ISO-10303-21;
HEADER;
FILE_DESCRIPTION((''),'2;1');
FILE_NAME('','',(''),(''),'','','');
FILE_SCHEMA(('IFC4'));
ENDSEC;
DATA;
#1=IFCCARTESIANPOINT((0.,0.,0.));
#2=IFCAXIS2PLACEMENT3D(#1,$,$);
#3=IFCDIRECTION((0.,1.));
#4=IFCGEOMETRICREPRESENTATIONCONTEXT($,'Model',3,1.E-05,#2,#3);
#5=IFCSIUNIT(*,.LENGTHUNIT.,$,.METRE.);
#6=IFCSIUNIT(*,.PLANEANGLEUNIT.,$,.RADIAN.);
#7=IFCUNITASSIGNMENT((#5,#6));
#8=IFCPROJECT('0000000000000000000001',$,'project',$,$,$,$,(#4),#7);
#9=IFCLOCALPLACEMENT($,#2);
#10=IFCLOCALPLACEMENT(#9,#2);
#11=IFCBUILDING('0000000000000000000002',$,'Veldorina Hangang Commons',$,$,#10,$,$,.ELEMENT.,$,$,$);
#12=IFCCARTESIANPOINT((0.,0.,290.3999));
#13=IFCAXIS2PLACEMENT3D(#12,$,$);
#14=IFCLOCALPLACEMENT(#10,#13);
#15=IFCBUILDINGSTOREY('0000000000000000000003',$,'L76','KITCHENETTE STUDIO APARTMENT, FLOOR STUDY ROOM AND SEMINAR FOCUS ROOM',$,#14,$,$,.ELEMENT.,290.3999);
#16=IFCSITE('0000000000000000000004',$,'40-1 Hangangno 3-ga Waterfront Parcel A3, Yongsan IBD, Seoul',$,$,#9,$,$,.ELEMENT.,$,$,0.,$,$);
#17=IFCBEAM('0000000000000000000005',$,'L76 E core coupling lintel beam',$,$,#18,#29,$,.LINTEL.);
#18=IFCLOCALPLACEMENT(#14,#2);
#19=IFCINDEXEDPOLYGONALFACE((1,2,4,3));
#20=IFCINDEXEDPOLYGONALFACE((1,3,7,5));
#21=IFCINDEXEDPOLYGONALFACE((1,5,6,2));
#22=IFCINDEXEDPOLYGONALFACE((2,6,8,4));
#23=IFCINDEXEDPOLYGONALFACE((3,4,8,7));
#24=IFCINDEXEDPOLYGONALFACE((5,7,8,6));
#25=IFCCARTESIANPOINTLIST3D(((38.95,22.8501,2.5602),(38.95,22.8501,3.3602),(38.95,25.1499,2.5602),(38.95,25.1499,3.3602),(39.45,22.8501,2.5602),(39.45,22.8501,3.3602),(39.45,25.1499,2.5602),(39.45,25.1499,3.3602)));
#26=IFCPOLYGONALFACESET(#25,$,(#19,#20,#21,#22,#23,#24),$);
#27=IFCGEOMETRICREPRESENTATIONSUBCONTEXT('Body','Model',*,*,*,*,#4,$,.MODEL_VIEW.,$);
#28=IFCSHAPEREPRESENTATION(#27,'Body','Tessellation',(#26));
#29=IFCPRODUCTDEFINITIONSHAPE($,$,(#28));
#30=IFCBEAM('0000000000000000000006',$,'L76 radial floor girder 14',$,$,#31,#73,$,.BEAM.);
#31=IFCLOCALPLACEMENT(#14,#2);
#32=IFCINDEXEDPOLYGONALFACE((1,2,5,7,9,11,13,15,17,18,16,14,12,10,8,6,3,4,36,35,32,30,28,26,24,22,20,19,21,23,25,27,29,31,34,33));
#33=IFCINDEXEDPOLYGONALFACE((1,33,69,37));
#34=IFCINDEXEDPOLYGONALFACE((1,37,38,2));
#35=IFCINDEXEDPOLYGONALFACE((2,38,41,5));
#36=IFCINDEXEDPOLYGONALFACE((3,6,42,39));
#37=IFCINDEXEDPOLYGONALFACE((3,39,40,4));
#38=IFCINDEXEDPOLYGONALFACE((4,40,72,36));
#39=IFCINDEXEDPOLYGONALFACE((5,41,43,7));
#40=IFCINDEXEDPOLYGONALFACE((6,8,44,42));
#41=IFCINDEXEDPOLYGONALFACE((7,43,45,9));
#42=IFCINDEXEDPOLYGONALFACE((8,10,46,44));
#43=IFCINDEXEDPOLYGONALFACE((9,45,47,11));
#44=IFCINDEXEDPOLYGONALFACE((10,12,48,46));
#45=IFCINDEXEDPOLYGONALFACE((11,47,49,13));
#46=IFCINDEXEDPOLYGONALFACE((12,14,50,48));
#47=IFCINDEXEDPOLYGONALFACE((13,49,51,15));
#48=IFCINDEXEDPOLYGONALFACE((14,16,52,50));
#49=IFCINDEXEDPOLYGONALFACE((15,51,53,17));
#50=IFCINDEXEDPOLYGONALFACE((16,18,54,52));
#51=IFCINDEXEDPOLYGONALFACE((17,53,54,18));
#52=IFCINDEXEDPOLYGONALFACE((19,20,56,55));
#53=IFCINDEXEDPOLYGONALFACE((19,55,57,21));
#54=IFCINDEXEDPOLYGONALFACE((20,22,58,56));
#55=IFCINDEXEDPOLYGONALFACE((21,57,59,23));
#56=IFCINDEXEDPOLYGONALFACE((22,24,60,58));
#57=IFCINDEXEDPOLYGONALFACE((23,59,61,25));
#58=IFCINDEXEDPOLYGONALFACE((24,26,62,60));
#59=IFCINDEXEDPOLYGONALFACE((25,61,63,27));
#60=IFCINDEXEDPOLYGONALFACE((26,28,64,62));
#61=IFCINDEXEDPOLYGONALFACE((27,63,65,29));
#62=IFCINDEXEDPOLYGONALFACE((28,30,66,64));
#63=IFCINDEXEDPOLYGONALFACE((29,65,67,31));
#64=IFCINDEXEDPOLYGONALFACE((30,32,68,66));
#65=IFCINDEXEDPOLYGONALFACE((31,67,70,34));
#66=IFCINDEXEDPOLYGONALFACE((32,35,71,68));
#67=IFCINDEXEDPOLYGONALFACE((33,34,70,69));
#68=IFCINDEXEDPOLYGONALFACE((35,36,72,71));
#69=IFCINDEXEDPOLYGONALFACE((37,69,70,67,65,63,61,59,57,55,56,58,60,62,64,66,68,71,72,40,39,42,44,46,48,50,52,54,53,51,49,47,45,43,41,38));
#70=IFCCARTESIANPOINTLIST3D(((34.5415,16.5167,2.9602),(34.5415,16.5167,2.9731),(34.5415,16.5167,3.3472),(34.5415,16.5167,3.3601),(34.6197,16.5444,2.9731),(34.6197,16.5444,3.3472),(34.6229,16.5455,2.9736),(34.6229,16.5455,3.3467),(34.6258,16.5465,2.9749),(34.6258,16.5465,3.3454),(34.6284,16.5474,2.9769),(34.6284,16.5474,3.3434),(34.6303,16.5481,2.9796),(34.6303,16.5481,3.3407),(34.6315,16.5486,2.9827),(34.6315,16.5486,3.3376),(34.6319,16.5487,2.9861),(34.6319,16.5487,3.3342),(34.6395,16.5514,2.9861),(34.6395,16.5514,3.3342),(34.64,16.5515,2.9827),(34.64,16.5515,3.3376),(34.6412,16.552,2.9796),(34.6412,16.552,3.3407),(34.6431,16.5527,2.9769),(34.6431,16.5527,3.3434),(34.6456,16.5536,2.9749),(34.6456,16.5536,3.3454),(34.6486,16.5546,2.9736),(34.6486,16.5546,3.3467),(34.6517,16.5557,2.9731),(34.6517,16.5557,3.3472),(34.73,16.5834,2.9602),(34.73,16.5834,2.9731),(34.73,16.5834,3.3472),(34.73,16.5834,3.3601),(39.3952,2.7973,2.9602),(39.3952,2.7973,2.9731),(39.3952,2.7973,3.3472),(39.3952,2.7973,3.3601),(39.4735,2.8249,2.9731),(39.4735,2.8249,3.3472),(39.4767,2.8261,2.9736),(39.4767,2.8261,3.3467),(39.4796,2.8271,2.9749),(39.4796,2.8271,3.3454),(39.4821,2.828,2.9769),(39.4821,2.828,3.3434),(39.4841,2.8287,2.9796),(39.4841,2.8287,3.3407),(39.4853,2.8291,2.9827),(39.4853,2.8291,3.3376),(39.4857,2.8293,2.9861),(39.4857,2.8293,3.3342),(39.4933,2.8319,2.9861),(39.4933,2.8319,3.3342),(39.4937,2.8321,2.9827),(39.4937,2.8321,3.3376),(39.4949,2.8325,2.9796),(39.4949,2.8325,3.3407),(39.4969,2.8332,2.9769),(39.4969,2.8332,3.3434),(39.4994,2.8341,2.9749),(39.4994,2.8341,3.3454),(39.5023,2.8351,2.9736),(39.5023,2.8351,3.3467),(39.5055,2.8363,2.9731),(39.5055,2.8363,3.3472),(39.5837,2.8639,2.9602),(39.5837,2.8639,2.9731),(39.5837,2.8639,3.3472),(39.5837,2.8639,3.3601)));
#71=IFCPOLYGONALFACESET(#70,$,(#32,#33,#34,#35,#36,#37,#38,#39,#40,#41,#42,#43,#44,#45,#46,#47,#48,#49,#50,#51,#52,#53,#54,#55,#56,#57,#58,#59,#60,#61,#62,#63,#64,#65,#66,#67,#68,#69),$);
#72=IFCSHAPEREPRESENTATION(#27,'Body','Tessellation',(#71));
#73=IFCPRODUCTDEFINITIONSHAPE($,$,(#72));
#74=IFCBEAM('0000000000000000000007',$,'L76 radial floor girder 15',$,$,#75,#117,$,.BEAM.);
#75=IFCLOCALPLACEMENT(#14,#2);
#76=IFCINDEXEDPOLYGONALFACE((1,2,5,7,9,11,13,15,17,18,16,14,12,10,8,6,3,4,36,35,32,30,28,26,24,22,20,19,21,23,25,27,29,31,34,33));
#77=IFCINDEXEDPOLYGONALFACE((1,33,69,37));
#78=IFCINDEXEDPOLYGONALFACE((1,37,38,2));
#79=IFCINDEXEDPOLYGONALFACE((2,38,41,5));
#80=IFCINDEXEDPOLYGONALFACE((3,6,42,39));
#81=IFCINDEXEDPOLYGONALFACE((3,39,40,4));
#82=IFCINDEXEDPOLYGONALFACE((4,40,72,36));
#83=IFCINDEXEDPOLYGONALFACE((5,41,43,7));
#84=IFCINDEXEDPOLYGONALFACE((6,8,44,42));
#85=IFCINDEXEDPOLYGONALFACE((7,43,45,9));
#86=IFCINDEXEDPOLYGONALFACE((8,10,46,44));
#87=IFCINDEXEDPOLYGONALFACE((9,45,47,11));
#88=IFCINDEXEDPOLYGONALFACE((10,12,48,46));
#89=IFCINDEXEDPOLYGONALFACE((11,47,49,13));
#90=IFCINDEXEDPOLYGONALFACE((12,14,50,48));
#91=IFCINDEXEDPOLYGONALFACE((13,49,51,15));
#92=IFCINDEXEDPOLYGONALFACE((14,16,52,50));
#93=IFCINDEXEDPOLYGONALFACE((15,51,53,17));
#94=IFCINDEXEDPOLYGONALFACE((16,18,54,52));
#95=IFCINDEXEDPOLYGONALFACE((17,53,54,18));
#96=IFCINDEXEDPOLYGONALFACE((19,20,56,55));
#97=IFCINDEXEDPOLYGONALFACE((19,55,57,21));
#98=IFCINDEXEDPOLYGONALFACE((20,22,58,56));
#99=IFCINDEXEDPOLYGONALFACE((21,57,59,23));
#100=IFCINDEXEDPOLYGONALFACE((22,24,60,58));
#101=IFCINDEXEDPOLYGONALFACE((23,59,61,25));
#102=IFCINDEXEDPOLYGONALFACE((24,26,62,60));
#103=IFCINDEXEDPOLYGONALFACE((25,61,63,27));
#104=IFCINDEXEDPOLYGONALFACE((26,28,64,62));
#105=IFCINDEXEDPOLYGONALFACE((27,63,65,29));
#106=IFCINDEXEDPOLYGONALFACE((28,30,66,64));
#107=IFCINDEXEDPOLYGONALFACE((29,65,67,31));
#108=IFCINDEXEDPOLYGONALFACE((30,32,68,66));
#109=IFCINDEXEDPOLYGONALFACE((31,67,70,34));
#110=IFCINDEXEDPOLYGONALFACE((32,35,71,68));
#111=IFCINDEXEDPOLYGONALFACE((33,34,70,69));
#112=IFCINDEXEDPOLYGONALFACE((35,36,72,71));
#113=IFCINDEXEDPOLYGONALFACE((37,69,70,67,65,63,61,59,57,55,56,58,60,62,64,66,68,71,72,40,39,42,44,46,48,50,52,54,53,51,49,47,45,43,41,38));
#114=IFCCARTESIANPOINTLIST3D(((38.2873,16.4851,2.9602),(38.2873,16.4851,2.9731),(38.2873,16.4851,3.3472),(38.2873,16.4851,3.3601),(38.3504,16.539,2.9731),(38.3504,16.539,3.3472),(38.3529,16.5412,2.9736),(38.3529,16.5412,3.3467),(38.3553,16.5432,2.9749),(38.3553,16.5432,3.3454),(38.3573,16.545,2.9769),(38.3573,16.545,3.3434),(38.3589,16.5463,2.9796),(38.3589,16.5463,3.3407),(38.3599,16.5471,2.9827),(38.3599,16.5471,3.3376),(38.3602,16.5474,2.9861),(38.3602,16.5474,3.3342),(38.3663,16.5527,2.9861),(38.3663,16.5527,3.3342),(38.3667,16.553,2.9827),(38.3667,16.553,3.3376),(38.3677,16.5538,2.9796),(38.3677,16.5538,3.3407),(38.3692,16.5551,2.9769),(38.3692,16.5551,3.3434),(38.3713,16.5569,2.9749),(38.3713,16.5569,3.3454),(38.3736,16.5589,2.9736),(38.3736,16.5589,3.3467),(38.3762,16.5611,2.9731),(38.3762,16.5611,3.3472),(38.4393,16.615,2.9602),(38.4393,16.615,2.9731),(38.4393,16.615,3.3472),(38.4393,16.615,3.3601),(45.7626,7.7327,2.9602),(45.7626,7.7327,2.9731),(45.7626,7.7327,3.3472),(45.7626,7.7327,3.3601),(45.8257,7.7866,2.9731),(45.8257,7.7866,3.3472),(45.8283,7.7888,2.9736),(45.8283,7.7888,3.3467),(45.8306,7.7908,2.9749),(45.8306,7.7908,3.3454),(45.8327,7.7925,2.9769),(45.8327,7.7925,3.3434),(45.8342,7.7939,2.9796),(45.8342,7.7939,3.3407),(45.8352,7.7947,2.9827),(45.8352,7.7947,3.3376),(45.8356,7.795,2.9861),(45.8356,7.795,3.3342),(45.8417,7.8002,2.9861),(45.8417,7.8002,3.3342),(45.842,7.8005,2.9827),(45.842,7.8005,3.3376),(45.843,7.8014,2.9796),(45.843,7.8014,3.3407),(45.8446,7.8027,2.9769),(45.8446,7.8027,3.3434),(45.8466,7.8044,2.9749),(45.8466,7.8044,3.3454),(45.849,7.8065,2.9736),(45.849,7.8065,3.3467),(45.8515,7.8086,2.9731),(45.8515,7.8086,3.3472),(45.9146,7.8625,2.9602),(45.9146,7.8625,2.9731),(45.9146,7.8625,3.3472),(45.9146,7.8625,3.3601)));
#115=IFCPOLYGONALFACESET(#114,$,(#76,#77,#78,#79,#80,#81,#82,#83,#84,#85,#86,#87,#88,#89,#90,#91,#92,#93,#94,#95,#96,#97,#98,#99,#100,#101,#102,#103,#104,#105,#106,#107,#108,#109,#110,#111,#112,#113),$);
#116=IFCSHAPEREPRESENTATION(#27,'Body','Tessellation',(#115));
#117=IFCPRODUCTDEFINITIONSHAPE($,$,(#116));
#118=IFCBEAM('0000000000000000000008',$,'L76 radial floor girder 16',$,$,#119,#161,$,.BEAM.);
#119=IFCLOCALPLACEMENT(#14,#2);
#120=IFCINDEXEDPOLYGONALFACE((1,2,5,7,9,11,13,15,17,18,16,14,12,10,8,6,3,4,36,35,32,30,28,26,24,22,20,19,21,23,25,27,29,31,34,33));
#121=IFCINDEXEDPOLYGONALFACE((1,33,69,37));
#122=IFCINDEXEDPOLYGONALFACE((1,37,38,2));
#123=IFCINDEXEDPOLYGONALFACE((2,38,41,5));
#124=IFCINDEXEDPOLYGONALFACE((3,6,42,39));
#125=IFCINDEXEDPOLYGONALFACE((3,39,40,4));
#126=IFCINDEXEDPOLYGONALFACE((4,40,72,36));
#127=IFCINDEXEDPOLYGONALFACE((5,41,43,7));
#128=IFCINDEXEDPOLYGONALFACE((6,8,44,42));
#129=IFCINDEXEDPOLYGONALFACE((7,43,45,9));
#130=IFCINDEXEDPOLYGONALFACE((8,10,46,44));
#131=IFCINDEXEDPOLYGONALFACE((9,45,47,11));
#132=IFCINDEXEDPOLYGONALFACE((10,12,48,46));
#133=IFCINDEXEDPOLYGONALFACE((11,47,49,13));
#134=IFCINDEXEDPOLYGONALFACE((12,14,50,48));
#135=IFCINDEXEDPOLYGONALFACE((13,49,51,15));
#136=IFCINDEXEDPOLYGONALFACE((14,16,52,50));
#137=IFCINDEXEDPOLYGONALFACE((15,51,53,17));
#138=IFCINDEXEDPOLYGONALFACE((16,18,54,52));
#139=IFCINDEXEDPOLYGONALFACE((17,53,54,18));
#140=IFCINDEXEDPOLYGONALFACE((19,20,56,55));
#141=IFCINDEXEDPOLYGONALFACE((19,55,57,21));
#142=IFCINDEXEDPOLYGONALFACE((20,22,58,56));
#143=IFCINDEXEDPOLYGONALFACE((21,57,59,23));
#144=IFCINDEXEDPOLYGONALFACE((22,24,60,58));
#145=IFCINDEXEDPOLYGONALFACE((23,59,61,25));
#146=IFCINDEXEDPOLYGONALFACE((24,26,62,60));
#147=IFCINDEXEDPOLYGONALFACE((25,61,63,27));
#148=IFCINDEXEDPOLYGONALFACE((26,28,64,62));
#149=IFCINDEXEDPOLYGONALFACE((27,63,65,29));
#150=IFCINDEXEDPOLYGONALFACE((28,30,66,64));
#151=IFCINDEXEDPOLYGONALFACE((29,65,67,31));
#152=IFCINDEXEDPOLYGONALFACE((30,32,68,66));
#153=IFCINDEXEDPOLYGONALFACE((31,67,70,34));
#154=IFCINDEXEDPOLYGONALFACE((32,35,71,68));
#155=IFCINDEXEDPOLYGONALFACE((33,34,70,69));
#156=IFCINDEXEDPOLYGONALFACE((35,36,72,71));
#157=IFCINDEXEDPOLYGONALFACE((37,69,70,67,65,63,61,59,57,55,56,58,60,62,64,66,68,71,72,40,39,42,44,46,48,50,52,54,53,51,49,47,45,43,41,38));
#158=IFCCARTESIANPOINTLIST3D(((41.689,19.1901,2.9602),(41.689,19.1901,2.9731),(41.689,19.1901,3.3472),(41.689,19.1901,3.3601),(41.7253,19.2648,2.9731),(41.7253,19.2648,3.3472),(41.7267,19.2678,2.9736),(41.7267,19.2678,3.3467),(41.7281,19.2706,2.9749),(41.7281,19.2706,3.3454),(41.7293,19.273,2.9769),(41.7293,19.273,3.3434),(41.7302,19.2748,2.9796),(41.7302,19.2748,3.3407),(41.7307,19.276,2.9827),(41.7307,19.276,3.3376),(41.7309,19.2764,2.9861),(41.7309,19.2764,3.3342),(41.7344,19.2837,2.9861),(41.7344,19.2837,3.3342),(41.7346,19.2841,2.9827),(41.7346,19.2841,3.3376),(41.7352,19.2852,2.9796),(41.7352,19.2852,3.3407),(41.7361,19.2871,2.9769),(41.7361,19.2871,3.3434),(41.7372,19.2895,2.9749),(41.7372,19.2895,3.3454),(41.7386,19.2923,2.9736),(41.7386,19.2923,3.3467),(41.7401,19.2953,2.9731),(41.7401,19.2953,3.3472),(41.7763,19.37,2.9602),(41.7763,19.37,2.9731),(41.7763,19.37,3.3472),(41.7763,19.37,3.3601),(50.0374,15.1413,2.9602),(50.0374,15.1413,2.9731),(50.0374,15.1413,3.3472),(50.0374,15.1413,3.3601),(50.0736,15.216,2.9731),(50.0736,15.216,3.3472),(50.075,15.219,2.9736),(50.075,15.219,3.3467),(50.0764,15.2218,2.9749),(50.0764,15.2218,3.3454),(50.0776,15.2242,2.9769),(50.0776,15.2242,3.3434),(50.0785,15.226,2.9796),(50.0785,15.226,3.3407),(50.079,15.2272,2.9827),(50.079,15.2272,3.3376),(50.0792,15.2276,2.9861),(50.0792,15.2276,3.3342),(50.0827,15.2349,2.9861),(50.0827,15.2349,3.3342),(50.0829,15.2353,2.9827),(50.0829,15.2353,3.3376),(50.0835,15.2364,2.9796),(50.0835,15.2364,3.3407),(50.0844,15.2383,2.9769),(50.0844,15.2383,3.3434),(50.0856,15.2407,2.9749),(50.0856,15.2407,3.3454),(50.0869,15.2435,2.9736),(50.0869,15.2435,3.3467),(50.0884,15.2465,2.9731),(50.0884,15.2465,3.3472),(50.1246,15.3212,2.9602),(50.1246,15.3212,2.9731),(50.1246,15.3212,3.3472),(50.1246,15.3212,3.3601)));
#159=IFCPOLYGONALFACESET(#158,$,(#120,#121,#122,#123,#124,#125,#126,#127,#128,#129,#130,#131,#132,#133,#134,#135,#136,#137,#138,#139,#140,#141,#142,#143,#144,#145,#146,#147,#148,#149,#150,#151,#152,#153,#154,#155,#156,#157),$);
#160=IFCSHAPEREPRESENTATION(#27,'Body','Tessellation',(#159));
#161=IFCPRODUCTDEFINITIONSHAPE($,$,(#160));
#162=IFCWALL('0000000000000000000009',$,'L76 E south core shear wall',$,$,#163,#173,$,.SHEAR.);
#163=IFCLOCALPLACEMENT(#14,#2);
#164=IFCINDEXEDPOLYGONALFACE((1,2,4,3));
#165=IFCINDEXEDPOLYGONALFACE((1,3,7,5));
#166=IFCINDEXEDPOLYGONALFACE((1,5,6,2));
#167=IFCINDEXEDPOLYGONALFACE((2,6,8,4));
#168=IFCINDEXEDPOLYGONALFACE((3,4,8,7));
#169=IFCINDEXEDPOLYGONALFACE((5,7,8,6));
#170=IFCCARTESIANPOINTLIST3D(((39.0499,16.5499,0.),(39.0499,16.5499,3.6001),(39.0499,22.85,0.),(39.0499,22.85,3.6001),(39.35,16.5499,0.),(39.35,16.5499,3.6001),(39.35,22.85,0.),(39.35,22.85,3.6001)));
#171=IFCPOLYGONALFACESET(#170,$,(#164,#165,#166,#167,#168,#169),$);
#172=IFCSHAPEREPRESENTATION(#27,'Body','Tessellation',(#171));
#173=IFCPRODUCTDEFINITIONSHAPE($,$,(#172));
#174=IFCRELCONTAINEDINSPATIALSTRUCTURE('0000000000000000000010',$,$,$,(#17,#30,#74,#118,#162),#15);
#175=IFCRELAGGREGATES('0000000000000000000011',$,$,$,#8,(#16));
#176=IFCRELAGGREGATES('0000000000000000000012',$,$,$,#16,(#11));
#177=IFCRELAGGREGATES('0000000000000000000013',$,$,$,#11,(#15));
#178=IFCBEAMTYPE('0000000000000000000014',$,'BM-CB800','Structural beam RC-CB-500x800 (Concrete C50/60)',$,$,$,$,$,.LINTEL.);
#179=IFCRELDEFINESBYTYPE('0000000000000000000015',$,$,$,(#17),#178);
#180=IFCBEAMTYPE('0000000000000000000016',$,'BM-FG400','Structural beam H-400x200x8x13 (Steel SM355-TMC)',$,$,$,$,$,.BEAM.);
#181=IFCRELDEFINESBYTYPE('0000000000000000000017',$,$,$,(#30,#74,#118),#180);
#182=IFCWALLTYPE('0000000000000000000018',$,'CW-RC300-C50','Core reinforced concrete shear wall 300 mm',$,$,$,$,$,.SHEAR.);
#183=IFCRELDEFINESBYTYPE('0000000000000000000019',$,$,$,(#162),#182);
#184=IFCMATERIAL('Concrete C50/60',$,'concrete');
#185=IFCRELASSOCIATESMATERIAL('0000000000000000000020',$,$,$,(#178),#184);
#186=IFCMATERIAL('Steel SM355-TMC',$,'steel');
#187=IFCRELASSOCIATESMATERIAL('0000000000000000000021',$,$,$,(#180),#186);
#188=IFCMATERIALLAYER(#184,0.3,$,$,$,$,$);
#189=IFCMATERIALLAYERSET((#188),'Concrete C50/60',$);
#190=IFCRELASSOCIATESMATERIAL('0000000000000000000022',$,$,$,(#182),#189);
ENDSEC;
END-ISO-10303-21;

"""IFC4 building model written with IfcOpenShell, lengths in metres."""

from ifc_helpers import new_model, si_unit, direction, frame, frame_2d, origin, origin_2d, place, context, subcontext, project, spatial, rectangle, i_section, extrude, material, layer, layer_set, material_profile, profile_set, type_object, element, save


model = new_model("IFC4")

# Units and contexts
model_context = context("Model", 3, precision=1e-05, world=origin(), true_north=direction((0.0, 1.0)))
body_context = subcontext(model_context, "Body", "Model", "MODEL_VIEW")
ifc_project = project(units=[si_unit("LENGTHUNIT", "METRE"), si_unit("PLANEANGLEUNIT", "RADIAN")], contexts=[model_context])

# Site, building, storey
site_placement = place(None, origin())
site = spatial("IfcSite", under=ifc_project, at=site_placement, Name="40-1 Hangangno 3-ga Waterfront Parcel A3, Yongsan IBD, Seoul", CompositionType="ELEMENT", RefElevation=0.0)
building_placement = place(site_placement, origin())
building = spatial("IfcBuilding", under=site, at=building_placement, Name="Veldorina Hangang Commons", CompositionType="ELEMENT")
storey_placement = place(building_placement, frame((0.0, 0.0, 290.3999)))
storey = spatial("IfcBuildingStorey", under=building, at=storey_placement, Name="L76", Description="KITCHENETTE STUDIO APARTMENT, FLOOR STUDY ROOM AND SEMINAR FOCUS ROOM", CompositionType="ELEMENT", Elevation=290.3999)

# Beams
ifc_material_1 = material(Name="Concrete C50/60", Category="concrete")
ifc_material_profile_1 = material_profile(ifc_material_1, rectangle(XDim=0.5, YDim=0.8, at=origin_2d()), Name="RC-CB-500x800")
ifc_profile_set_1 = profile_set([ifc_material_profile_1], Name="Concrete C50/60")
beam_type_1 = type_object("IfcBeamType", Name="BM-CB800", Description="Structural beam RC-CB-500x800 (Concrete C50/60)", PredefinedType="LINTEL", material=ifc_profile_set_1)
beam_1_placement = place(storey_placement, frame((39.2, 22.8501, 2.9602), z_axis=(0.0, 1.0, 0.0), x_axis=(-1.0, 0.0, 0.0)))
element("IfcBeam", 1, at=beam_1_placement, inside=storey, type_object=beam_type_1, Name="L76 E core coupling lintel beam", PredefinedType="LINTEL", context=body_context, shape_type="SweptSolid", body=[
    extrude(rectangle(XDim=0.5, YDim=0.8, at=origin_2d()), origin(), (0.0, 0.0, 1.0), 2.2998),
])
ifc_material_2 = material(Name="Steel SM355-TMC", Category="steel")
ifc_material_profile_2 = material_profile(ifc_material_2, i_section(OverallWidth=0.2, OverallDepth=0.3999, WebThickness=0.0081, FlangeThickness=0.0129, FilletRadius=0.0129, at=origin_2d()), Name="H-400x200x8x13")
ifc_profile_set_2 = profile_set([ifc_material_profile_2], Name="Steel SM355-TMC")
beam_type_2 = type_object("IfcBeamType", Name="BM-FG400", Description="Structural beam H-400x200x8x13 (Steel SM355-TMC)", PredefinedType="BEAM", material=ifc_profile_set_2)
beam_2_placement = place(storey_placement, frame((34.6357, 16.55, 3.1602), z_axis=(0.333528, -0.94274, 0.0), x_axis=(0.94274, 0.333528, 0.0)))
element("IfcBeam", 2, at=beam_2_placement, inside=storey, type_object=beam_type_2, Name="L76 radial floor girder 14", PredefinedType="BEAM", context=body_context, shape_type="SweptSolid", body=[
    extrude(i_section(OverallWidth=0.2, OverallDepth=0.3999, WebThickness=0.0081, FlangeThickness=0.0129, FilletRadius=0.0129, at=origin_2d()), origin(), (0.0, 0.0, 1.0), 14.5527),
])
beam_3_placement = place(storey_placement, frame((38.3633, 16.55, 3.1602), z_axis=(0.649451, -0.760404, 0.0), x_axis=(0.760404, 0.649451, 0.0)))
element("IfcBeam", 3, at=beam_3_placement, inside=storey, type_object=beam_type_2, Name="L76 radial floor girder 15", PredefinedType="BEAM", context=body_context, shape_type="SweptSolid", body=[
    extrude(i_section(OverallWidth=0.2, OverallDepth=0.3999, WebThickness=0.0081, FlangeThickness=0.0129, FilletRadius=0.0129, at=origin_2d()), origin(), (0.0, 0.0, 1.0), 11.5103),
])
beam_4_placement = place(storey_placement, frame((41.7327, 19.28, 3.1602), z_axis=(0.899767, -0.436372, 0.0), x_axis=(0.436372, 0.899767, 0.0)))
element("IfcBeam", 4, at=beam_4_placement, inside=storey, type_object=beam_type_2, Name="L76 radial floor girder 16", PredefinedType="BEAM", context=body_context, shape_type="SweptSolid", body=[
    extrude(i_section(OverallWidth=0.2, OverallDepth=0.3999, WebThickness=0.0081, FlangeThickness=0.0129, FilletRadius=0.0129, at=origin_2d()), origin(), (0.0, 0.0, 1.0), 9.2783),
])

# Wall
ifc_layer_1 = layer(ifc_material_1, 0.3)
ifc_layer_set_1 = layer_set([ifc_layer_1], Name="Concrete C50/60")
wall_type_1 = type_object("IfcWallType", Name="CW-RC300-C50", Description="Core reinforced concrete shear wall 300 mm", PredefinedType="SHEAR", material=ifc_layer_set_1)
wall_1_placement = place(storey_placement, frame((39.2, 16.55, 0.0), z_axis=(0.0, 0.0, 1.0), x_axis=(0.0, 1.0, 0.0)))
element("IfcWall", 5, at=wall_1_placement, inside=storey, type_object=wall_type_1, Name="L76 E south core shear wall", PredefinedType="SHEAR", context=body_context, shape_type="SweptSolid", body=[
    extrude(rectangle(XDim=6.3, YDim=0.3, at=frame_2d((3.1499, 0.0))), origin(), (0.0, 0.0, 1.0), 3.6001),
])

save(model, "model.ifc")
